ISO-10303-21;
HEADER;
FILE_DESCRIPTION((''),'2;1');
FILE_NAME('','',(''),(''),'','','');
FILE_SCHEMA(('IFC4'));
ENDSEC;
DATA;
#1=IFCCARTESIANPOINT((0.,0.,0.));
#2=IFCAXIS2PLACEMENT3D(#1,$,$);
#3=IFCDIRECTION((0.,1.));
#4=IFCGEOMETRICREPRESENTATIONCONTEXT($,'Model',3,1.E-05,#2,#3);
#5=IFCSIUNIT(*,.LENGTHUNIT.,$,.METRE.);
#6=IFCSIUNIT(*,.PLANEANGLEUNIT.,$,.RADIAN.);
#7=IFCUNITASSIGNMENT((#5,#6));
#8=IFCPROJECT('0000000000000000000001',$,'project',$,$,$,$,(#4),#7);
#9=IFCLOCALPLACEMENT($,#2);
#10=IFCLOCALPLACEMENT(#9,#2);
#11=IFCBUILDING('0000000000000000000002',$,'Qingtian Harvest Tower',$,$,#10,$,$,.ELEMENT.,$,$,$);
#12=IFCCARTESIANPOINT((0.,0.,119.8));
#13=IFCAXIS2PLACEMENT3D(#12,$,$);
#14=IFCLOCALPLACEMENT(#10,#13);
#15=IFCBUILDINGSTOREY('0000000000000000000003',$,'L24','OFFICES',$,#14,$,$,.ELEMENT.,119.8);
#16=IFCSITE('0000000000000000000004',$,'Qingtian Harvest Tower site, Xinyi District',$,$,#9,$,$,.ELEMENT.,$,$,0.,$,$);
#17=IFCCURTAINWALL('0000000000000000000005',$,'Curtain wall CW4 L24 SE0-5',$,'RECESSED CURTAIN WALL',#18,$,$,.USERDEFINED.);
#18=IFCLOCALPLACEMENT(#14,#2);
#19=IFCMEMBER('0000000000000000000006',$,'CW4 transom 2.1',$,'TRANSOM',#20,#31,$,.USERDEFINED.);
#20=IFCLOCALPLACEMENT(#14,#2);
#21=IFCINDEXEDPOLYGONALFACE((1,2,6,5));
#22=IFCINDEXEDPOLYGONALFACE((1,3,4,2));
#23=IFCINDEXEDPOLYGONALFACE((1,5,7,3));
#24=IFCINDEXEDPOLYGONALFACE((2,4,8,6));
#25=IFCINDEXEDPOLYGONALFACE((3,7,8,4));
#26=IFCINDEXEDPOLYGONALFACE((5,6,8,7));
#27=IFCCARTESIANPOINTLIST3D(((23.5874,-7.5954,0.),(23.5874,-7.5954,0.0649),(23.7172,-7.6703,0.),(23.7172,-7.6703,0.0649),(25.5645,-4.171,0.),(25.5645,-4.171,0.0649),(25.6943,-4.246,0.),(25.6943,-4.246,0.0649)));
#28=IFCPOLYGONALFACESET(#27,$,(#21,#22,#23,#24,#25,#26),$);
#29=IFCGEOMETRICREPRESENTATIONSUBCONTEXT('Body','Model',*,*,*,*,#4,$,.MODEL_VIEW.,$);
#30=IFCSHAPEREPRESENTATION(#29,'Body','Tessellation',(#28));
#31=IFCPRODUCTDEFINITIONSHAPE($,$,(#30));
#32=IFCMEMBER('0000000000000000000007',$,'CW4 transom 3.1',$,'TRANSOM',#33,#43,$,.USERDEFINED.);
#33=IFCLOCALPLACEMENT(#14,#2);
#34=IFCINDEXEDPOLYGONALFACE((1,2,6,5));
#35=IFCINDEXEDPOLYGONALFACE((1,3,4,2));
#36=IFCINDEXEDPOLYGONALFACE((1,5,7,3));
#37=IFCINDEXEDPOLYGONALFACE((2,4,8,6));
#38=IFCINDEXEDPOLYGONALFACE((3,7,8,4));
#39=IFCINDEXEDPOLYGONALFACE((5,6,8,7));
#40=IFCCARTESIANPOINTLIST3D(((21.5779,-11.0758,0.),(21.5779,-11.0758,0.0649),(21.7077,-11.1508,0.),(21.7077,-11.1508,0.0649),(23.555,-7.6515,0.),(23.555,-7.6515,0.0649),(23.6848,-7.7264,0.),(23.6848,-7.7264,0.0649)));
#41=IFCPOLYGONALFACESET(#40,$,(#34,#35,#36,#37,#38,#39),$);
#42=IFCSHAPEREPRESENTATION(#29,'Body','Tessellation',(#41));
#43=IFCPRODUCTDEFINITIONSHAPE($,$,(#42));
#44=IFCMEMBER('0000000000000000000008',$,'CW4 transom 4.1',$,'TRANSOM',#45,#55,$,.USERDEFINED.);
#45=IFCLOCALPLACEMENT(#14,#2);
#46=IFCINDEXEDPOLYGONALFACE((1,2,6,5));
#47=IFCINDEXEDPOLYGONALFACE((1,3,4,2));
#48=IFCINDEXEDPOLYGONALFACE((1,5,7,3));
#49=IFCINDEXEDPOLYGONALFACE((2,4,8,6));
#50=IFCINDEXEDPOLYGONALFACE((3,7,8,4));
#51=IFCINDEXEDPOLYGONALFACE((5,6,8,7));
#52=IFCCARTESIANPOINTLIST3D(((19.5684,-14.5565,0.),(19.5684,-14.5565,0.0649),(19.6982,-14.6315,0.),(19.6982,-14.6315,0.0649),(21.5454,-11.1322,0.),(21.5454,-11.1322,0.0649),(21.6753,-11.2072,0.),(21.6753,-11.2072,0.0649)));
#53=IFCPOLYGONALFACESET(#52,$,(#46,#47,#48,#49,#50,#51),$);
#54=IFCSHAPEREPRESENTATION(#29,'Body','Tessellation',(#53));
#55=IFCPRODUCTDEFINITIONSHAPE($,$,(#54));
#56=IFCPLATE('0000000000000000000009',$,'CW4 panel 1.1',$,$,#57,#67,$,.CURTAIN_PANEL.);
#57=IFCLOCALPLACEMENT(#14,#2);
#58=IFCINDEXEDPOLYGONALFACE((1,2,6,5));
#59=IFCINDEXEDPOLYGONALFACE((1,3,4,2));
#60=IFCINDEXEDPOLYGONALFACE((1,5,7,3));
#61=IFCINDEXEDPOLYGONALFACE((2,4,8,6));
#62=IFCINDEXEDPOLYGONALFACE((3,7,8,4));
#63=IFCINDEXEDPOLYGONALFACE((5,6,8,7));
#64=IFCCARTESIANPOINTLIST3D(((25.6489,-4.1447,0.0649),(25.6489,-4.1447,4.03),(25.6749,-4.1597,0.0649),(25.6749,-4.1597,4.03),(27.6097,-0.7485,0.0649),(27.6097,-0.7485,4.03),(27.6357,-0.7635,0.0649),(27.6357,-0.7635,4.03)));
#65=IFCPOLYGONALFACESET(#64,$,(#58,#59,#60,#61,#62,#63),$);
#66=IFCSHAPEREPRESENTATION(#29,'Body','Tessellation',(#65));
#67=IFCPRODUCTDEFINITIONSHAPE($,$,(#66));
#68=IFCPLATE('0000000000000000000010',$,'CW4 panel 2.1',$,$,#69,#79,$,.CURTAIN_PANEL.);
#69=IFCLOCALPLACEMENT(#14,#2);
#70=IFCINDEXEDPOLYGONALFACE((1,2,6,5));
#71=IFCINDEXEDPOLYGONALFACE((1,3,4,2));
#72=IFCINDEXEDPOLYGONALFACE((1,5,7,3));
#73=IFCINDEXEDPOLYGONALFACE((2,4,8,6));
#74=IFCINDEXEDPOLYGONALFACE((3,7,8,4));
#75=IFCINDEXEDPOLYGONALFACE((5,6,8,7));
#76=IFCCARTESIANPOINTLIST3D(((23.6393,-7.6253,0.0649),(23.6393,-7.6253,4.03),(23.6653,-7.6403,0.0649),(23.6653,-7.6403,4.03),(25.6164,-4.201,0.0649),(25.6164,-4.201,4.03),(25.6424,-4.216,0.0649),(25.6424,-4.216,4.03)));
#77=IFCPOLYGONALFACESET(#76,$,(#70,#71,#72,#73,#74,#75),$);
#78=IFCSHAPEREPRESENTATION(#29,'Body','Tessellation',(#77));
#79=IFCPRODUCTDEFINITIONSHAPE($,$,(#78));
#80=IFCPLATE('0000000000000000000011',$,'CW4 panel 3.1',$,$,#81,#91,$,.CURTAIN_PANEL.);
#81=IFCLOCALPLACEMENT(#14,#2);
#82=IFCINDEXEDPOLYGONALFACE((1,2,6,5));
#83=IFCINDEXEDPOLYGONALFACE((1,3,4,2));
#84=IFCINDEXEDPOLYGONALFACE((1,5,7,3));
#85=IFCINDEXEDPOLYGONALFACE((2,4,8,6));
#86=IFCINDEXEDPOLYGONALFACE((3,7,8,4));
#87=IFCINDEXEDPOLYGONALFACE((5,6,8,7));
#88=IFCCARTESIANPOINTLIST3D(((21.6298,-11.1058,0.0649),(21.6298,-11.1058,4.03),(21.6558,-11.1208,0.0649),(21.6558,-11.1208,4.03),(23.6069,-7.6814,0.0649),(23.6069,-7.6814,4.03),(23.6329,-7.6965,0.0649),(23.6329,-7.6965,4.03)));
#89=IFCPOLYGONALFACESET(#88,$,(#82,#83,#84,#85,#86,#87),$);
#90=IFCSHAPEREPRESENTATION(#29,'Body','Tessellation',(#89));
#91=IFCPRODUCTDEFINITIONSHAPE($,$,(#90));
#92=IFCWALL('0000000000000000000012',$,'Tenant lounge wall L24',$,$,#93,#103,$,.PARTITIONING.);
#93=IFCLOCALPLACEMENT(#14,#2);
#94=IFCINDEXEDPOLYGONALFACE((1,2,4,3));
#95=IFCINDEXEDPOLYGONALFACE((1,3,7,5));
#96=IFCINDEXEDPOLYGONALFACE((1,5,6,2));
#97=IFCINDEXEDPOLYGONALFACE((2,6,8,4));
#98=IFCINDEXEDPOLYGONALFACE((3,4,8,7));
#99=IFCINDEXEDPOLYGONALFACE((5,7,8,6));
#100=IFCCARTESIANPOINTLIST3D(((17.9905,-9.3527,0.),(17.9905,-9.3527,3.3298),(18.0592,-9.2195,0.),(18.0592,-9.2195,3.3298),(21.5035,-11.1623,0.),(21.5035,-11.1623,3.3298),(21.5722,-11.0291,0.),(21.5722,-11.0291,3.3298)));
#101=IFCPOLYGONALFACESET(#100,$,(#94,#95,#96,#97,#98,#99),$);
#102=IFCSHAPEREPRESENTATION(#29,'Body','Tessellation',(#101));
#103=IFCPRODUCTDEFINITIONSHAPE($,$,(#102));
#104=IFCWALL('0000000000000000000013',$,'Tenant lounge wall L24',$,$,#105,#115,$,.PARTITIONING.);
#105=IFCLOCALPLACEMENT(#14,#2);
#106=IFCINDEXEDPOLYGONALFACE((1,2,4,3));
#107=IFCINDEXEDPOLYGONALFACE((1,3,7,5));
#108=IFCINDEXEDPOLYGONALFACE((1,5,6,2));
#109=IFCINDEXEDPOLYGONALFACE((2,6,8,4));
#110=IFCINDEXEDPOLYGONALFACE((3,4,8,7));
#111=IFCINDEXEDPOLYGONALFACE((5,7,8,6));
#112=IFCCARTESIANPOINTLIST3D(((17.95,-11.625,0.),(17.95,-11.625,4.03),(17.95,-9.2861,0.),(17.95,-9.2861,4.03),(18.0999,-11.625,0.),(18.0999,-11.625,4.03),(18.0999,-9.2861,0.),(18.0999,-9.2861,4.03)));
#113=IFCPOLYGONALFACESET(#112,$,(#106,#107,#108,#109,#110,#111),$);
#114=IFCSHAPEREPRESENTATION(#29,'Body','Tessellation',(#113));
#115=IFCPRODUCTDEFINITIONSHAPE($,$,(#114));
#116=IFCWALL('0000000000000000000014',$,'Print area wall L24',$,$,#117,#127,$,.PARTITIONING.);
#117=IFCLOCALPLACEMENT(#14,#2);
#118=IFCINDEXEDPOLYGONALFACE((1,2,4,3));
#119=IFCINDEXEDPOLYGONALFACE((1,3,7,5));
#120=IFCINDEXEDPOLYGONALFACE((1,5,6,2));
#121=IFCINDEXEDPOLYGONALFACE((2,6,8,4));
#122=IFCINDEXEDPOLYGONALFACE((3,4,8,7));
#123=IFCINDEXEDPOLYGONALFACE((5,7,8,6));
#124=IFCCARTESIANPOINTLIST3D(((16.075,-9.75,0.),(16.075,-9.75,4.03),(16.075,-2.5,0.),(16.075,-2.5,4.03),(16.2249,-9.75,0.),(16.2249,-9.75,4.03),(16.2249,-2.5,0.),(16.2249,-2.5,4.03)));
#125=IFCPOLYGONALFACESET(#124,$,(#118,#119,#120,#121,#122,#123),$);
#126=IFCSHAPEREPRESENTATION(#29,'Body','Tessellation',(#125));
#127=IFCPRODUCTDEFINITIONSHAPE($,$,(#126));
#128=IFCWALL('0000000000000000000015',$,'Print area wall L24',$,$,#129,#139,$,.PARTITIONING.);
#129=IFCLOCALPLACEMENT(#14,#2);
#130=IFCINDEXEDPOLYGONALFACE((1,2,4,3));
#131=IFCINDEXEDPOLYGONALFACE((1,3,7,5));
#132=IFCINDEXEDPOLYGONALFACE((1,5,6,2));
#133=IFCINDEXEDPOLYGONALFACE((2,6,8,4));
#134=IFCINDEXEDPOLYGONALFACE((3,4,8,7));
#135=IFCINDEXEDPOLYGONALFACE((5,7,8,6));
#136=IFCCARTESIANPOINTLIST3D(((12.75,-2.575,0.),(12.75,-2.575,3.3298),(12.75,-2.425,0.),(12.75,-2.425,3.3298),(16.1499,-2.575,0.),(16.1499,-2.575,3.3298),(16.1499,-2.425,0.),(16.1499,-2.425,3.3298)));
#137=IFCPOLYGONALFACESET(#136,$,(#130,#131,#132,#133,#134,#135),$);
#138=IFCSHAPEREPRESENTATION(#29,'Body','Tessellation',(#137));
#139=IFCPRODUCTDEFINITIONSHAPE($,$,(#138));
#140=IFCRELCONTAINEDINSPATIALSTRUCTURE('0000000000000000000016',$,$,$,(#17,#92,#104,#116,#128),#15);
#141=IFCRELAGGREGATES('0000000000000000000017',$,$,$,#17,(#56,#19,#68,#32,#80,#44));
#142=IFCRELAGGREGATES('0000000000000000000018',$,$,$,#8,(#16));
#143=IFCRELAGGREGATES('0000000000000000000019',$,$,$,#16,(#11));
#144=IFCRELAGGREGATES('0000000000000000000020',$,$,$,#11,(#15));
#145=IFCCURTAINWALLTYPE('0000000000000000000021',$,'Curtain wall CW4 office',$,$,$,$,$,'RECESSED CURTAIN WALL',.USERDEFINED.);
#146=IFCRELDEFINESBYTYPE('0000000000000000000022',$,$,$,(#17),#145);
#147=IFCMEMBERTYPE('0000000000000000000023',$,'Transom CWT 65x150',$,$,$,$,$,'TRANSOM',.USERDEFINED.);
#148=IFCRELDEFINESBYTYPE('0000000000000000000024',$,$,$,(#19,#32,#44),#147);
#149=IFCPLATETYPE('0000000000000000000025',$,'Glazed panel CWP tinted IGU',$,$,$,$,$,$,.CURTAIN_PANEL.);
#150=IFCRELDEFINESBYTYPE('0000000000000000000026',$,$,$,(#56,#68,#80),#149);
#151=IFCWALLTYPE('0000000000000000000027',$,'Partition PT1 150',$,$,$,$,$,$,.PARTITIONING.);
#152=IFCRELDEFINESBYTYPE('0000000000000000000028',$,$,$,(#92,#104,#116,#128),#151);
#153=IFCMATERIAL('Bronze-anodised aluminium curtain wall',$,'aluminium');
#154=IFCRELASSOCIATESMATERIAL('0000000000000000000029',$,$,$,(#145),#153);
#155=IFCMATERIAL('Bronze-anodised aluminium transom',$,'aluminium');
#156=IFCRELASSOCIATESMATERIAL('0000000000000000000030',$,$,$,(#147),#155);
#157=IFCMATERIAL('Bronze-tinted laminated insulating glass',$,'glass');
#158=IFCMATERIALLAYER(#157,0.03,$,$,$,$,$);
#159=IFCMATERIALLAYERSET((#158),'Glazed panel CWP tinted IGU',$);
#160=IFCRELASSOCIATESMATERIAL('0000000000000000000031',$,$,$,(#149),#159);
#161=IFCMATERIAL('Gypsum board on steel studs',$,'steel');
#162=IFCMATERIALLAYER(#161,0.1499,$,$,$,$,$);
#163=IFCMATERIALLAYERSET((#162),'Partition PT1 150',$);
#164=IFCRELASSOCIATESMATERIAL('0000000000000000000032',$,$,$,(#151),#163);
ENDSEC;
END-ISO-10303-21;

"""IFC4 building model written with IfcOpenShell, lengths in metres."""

from ifc_helpers import new_model, si_unit, direction, frame, frame_2d, origin, origin_2d, place, context, subcontext, project, spatial, rectangle, extrude, material, layer, layer_set, material_profile, profile_set, type_object, element, aggregate, save


model = new_model("IFC4")

# Units and contexts
model_context = context("Model", 3, precision=1e-05, world=origin(), true_north=direction((0.0, 1.0)))
body_context = subcontext(model_context, "Body", "Model", "MODEL_VIEW")
ifc_project = project(units=[si_unit("LENGTHUNIT", "METRE"), si_unit("PLANEANGLEUNIT", "RADIAN")], contexts=[model_context])

# Site, building, storey
site_placement = place(None, origin())
site = spatial("IfcSite", under=ifc_project, at=site_placement, Name="Qingtian Harvest Tower site, Xinyi District", CompositionType="ELEMENT", RefElevation=0.0)
building_placement = place(site_placement, origin())
building = spatial("IfcBuilding", under=site, at=building_placement, Name="Qingtian Harvest Tower", CompositionType="ELEMENT")
storey_placement = place(building_placement, frame((0.0, 0.0, 119.8)))
storey = spatial("IfcBuildingStorey", under=building, at=storey_placement, Name="L24", Description="OFFICES", CompositionType="ELEMENT", Elevation=119.8)

# Shared definitions
ifc_material_1 = material(Name="Bronze-anodised aluminium curtain wall", Category="aluminium")
curtain_wall_type = type_object("IfcCurtainWallType", Name="Curtain wall CW4 office", ElementType="RECESSED CURTAIN WALL", PredefinedType="USERDEFINED", material=ifc_material_1)

# Curtain wall
curtain_wall_1_placement = place(storey_placement, origin())
curtain_wall_1 = element("IfcCurtainWall", 1, at=curtain_wall_1_placement, inside=storey, type_object=curtain_wall_type, Name="Curtain wall CW4 L24 SE0-5", ObjectType="RECESSED CURTAIN WALL", PredefinedType="USERDEFINED")

# Members
ifc_material_2 = material(Name="Bronze-anodised aluminium transom", Category="aluminium")
ifc_material_profile_1 = material_profile(ifc_material_2, rectangle(XDim=0.1499, YDim=0.0649, at=origin_2d()), Name="AL 65x150")
ifc_profile_set_1 = profile_set([ifc_material_profile_1], Name="Bronze-anodised aluminium transom")
member_type_1 = type_object("IfcMemberType", Name="Transom CWT 65x150", ElementType="TRANSOM", PredefinedType="USERDEFINED", material=ifc_profile_set_1)
member_1_placement = place(storey_placement, frame((25.6294, -4.2085, 0.0325), z_axis=(-0.500004, -0.866023, 0.0), x_axis=(0.866023, -0.500004, 0.0)))
member_1 = element("IfcMember", 2, at=member_1_placement, type_object=member_type_1, Name="CW4 transom 2.1", ObjectType="TRANSOM", PredefinedType="USERDEFINED", context=body_context, shape_type="SweptSolid", body=[
    extrude(rectangle(XDim=0.1499, YDim=0.0649, at=origin_2d()), origin(), (0.0, 0.0, 1.0), 3.9541),
])
member_2_placement = place(storey_placement, frame((23.6199, -7.689, 0.0325), z_axis=(-0.500004, -0.866023, 0.0), x_axis=(0.866023, -0.500004, 0.0)))
member_2 = element("IfcMember", 3, at=member_2_placement, type_object=member_type_1, Name="CW4 transom 3.1", ObjectType="TRANSOM", PredefinedType="USERDEFINED", context=body_context, shape_type="SweptSolid", body=[
    extrude(rectangle(XDim=0.1499, YDim=0.0649, at=origin_2d()), origin(), (0.0, 0.0, 1.0), 3.9541),
])
member_3_placement = place(storey_placement, frame((21.6104, -11.1697, 0.0325), z_axis=(-0.500004, -0.866023, 0.0), x_axis=(0.866023, -0.500004, 0.0)))
member_3 = element("IfcMember", 4, at=member_3_placement, type_object=member_type_1, Name="CW4 transom 4.1", ObjectType="TRANSOM", PredefinedType="USERDEFINED", context=body_context, shape_type="SweptSolid", body=[
    extrude(rectangle(XDim=0.1499, YDim=0.0649, at=origin_2d()), origin(), (0.0, 0.0, 1.0), 3.9541),
])

# Plates
ifc_material_3 = material(Name="Bronze-tinted laminated insulating glass", Category="glass")
ifc_layer_1 = layer(ifc_material_3, 0.03)
ifc_layer_set_1 = layer_set([ifc_layer_1], Name="Glazed panel CWP tinted IGU")
plate_type = type_object("IfcPlateType", Name="Glazed panel CWP tinted IGU", PredefinedType="CURTAIN_PANEL", material=ifc_layer_set_1)
plate_1_placement = place(storey_placement, frame((26.6423, -2.4541, 0.0649), z_axis=(0.0, 0.0, 1.0), x_axis=(-0.5, -0.866025, 0.0)))
plate_1 = element("IfcPlate", 5, at=plate_1_placement, type_object=plate_type, Name="CW4 panel 1.1", PredefinedType="CURTAIN_PANEL", context=body_context, shape_type="SweptSolid", body=[
    extrude(rectangle(XDim=3.9216, YDim=0.03, at=origin_2d()), origin(), (0.0, 0.0, 1.0), 3.9651),
])
plate_2_placement = place(storey_placement, frame((24.6409, -5.9207, 0.0649), z_axis=(0.0, 0.0, 1.0), x_axis=(-0.5, -0.866025, 0.0)))
plate_2 = element("IfcPlate", 6, at=plate_2_placement, type_object=plate_type, Name="CW4 panel 2.1", PredefinedType="CURTAIN_PANEL", context=body_context, shape_type="SweptSolid", body=[
    extrude(rectangle(XDim=3.9541, YDim=0.03, at=origin_2d()), origin(), (0.0, 0.0, 1.0), 3.9651),
])
plate_3_placement = place(storey_placement, frame((22.6313, -9.4011, 0.0649), z_axis=(0.0, 0.0, 1.0), x_axis=(-0.5, -0.866025, 0.0)))
plate_3 = element("IfcPlate", 7, at=plate_3_placement, type_object=plate_type, Name="CW4 panel 3.1", PredefinedType="CURTAIN_PANEL", context=body_context, shape_type="SweptSolid", body=[
    extrude(rectangle(XDim=3.9541, YDim=0.03, at=origin_2d()), origin(), (0.0, 0.0, 1.0), 3.9651),
])
aggregate(curtain_wall_1, [plate_1, member_1, plate_2, member_2, plate_3, member_3])

# Walls
ifc_material_4 = material(Name="Gypsum board on steel studs", Category="steel")
ifc_layer_2 = layer(ifc_material_4, 0.1499)
ifc_layer_set_2 = layer_set([ifc_layer_2], Name="Partition PT1 150")
wall_type = type_object("IfcWallType", Name="Partition PT1 150", PredefinedType="PARTITIONING", material=ifc_layer_set_2)
wall_1_placement = place(storey_placement, frame((21.5378, -11.0957, 0.0), z_axis=(0.0, 0.0, 1.0), x_axis=(-0.888988, 0.457931, 0.0)))
element("IfcWall", 8, at=wall_1_placement, inside=storey, type_object=wall_type, Name="Tenant lounge wall L24", PredefinedType="PARTITIONING", context=body_context, shape_type="SweptSolid", body=[
    extrude(rectangle(XDim=3.9517, YDim=0.1499, at=frame_2d((1.9758, 0.0))), origin(), (0.0, 0.0, 1.0), 3.3298),
])
wall_2_placement = place(storey_placement, frame((18.0249, -9.2861, 0.0), z_axis=(0.0, 0.0, 1.0), x_axis=(0.0, -1.0, 0.0)))
element("IfcWall", 9, at=wall_2_placement, inside=storey, type_object=wall_type, Name="Tenant lounge wall L24", PredefinedType="PARTITIONING", context=body_context, shape_type="SweptSolid", body=[
    extrude(rectangle(XDim=2.3389, YDim=0.1499, at=frame_2d((1.1694, 0.0))), origin(), (0.0, 0.0, 1.0), 4.03),
])
wall_3_placement = place(storey_placement, frame((16.1499, -9.75, 0.0), z_axis=(0.0, 0.0, 1.0), x_axis=(0.0, 1.0, 0.0)))
element("IfcWall", 10, at=wall_3_placement, inside=storey, type_object=wall_type, Name="Print area wall L24", PredefinedType="PARTITIONING", context=body_context, shape_type="SweptSolid", body=[
    extrude(rectangle(XDim=7.25, YDim=0.1499, at=frame_2d((3.625, 0.0))), origin(), (0.0, 0.0, 1.0), 4.03),
])
wall_4_placement = place(storey_placement, frame((12.75, -2.5, 0.0), z_axis=(0.0, 0.0, 1.0), x_axis=(1.0, 0.0, 0.0)))
element("IfcWall", 11, at=wall_4_placement, inside=storey, type_object=wall_type, Name="Print area wall L24", PredefinedType="PARTITIONING", context=body_context, shape_type="SweptSolid", body=[
    extrude(rectangle(XDim=3.3999, YDim=0.1499, at=frame_2d((1.7, 0.0))), origin(), (0.0, 0.0, 1.0), 3.3298),
])

save(model, "model.ifc")
